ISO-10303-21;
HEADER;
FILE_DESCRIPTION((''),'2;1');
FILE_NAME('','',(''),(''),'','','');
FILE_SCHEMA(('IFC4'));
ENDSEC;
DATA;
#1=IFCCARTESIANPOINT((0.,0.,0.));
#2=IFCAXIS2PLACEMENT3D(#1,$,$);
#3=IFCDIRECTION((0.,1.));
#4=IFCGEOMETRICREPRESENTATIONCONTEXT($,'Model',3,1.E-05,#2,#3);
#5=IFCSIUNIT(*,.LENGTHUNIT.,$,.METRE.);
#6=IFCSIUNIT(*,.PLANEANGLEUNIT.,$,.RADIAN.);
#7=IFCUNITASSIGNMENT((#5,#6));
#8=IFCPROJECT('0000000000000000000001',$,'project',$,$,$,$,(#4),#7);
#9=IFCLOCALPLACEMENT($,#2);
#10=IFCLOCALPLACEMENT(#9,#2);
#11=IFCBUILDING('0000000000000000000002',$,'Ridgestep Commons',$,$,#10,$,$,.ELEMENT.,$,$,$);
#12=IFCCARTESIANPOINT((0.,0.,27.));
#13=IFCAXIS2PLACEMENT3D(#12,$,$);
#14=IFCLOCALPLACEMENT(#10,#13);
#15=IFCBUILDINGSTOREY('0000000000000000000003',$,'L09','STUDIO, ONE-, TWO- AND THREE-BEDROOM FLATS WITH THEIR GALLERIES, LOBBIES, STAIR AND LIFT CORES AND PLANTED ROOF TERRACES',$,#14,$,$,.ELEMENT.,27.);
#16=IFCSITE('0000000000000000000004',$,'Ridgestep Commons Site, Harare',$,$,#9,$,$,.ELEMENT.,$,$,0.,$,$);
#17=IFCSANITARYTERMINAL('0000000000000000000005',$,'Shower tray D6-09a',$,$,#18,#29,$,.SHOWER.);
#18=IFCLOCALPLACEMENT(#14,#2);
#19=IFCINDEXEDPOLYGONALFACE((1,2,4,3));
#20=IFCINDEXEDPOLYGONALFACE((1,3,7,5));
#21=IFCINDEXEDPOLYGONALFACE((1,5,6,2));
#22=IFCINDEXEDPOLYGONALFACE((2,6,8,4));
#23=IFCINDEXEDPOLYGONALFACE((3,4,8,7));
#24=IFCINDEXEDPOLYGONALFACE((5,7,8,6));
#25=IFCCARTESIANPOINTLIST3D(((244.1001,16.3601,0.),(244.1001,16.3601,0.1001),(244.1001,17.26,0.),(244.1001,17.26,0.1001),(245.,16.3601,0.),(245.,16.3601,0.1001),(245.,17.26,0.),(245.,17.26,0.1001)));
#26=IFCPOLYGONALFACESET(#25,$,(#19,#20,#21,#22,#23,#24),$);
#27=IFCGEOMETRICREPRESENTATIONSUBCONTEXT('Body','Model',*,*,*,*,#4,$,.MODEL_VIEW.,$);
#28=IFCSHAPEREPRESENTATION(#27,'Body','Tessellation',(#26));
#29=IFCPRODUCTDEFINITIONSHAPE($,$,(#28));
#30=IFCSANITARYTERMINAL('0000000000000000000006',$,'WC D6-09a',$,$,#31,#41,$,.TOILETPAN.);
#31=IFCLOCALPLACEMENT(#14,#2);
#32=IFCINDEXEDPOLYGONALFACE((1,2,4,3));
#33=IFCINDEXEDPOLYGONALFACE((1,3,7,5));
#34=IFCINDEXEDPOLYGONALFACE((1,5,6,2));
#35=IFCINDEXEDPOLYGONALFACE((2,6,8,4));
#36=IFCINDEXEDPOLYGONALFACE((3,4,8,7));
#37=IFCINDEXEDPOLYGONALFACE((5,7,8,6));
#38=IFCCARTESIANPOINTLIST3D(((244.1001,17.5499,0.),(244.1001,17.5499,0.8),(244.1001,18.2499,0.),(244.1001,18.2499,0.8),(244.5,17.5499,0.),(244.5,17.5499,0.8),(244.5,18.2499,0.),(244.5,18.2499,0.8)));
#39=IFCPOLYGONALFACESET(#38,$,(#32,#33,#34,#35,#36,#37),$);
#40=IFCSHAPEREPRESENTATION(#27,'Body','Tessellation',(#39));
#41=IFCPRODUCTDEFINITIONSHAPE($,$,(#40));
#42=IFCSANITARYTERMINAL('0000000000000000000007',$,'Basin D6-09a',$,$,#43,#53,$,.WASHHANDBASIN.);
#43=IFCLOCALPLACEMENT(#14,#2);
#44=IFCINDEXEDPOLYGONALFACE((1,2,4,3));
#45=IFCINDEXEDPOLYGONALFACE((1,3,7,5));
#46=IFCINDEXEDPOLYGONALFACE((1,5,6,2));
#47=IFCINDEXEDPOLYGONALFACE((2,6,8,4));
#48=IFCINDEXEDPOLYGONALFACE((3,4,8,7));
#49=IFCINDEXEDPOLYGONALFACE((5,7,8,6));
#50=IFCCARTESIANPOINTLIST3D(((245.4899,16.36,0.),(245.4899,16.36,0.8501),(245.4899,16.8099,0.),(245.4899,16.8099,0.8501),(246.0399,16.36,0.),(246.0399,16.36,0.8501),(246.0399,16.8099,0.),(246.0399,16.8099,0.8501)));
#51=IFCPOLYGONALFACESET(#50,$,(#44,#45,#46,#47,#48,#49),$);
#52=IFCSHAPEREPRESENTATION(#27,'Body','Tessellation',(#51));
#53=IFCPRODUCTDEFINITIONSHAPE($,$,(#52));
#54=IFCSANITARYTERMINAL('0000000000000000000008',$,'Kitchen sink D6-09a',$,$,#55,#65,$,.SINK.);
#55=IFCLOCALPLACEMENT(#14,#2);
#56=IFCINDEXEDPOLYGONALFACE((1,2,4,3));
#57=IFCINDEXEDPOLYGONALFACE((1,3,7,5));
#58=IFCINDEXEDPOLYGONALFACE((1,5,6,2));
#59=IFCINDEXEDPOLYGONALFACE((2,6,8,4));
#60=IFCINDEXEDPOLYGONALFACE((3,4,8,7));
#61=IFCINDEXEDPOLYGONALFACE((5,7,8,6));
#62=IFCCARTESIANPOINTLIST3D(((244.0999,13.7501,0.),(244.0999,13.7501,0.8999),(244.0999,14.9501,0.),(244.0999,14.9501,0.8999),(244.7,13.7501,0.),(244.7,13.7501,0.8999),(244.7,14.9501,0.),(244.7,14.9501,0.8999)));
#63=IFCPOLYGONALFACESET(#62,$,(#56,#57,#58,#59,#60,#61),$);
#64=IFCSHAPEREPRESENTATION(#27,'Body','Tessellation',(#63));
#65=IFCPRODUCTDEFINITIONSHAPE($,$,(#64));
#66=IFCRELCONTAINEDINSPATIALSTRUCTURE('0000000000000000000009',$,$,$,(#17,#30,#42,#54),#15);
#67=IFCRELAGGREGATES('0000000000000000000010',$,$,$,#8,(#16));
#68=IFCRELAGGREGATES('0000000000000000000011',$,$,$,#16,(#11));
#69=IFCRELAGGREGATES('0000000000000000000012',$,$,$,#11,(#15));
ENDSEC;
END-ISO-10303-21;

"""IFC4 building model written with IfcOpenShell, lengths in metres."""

from ifc_helpers import new_model, si_unit, direction, frame, origin, origin_2d, place, context, subcontext, project, spatial, rectangle, extrude, element, save


model = new_model("IFC4")

# Units and contexts
model_context = context("Model", 3, precision=1e-05, world=origin(), true_north=direction((0.0, 1.0)))
body_context = subcontext(model_context, "Body", "Model", "MODEL_VIEW")
ifc_project = project(units=[si_unit("LENGTHUNIT", "METRE"), si_unit("PLANEANGLEUNIT", "RADIAN")], contexts=[model_context])

# Site, building, storey
site_placement = place(None, origin())
site = spatial("IfcSite", under=ifc_project, at=site_placement, Name="Ridgestep Commons Site, Harare", CompositionType="ELEMENT", RefElevation=0.0)
building_placement = place(site_placement, origin())
building = spatial("IfcBuilding", under=site, at=building_placement, Name="Ridgestep Commons", CompositionType="ELEMENT")
storey_placement = place(building_placement, frame((0.0, 0.0, 27.0)))
storey = spatial("IfcBuildingStorey", under=building, at=storey_placement, Name="L09", Description="STUDIO, ONE-, TWO- AND THREE-BEDROOM FLATS WITH THEIR GALLERIES, LOBBIES, STAIR AND LIFT CORES AND PLANTED ROOF TERRACES", CompositionType="ELEMENT", Elevation=27.0)

# Sanitary terminals
sanitary_terminal_1_placement = place(storey_placement, frame((244.55, 16.8101, 0.0), z_axis=(0.0, 0.0, 1.0), x_axis=(1.0, 0.0, 0.0)))
element("IfcSanitaryTerminal", 1, at=sanitary_terminal_1_placement, inside=storey, Name="Shower tray D6-09a", PredefinedType="SHOWER", context=body_context, shape_type="SweptSolid", body=[
    extrude(rectangle(XDim=0.8999, YDim=0.8999, at=origin_2d()), origin(), (0.0, 0.0, 1.0), 0.1001),
])
sanitary_terminal_2_placement = place(storey_placement, frame((244.3, 17.8999, 0.0), z_axis=(0.0, 0.0, 1.0), x_axis=(1.0, 0.0, 0.0)))
element("IfcSanitaryTerminal", 2, at=sanitary_terminal_2_placement, inside=storey, Name="WC D6-09a", PredefinedType="TOILETPAN", context=body_context, shape_type="SweptSolid", body=[
    extrude(rectangle(XDim=0.3999, YDim=0.7, at=origin_2d()), origin(), (0.0, 0.0, 1.0), 0.8),
])
sanitary_terminal_3_placement = place(storey_placement, frame((245.7649, 16.585, 0.0), z_axis=(0.0, 0.0, 1.0), x_axis=(1.0, 0.0, 0.0)))
element("IfcSanitaryTerminal", 3, at=sanitary_terminal_3_placement, inside=storey, Name="Basin D6-09a", PredefinedType="WASHHANDBASIN", context=body_context, shape_type="SweptSolid", body=[
    extrude(rectangle(XDim=0.55, YDim=0.45, at=origin_2d()), origin(), (0.0, 0.0, 1.0), 0.8501),
])
sanitary_terminal_4_placement = place(storey_placement, frame((244.3999, 14.3501, 0.0), z_axis=(0.0, 0.0, 1.0), x_axis=(1.0, 0.0, 0.0)))
element("IfcSanitaryTerminal", 4, at=sanitary_terminal_4_placement, inside=storey, Name="Kitchen sink D6-09a", PredefinedType="SINK", context=body_context, shape_type="SweptSolid", body=[
    extrude(rectangle(XDim=0.6001, YDim=1.2, at=origin_2d()), origin(), (0.0, 0.0, 1.0), 0.8999),
])

save(model, "model.ifc")
